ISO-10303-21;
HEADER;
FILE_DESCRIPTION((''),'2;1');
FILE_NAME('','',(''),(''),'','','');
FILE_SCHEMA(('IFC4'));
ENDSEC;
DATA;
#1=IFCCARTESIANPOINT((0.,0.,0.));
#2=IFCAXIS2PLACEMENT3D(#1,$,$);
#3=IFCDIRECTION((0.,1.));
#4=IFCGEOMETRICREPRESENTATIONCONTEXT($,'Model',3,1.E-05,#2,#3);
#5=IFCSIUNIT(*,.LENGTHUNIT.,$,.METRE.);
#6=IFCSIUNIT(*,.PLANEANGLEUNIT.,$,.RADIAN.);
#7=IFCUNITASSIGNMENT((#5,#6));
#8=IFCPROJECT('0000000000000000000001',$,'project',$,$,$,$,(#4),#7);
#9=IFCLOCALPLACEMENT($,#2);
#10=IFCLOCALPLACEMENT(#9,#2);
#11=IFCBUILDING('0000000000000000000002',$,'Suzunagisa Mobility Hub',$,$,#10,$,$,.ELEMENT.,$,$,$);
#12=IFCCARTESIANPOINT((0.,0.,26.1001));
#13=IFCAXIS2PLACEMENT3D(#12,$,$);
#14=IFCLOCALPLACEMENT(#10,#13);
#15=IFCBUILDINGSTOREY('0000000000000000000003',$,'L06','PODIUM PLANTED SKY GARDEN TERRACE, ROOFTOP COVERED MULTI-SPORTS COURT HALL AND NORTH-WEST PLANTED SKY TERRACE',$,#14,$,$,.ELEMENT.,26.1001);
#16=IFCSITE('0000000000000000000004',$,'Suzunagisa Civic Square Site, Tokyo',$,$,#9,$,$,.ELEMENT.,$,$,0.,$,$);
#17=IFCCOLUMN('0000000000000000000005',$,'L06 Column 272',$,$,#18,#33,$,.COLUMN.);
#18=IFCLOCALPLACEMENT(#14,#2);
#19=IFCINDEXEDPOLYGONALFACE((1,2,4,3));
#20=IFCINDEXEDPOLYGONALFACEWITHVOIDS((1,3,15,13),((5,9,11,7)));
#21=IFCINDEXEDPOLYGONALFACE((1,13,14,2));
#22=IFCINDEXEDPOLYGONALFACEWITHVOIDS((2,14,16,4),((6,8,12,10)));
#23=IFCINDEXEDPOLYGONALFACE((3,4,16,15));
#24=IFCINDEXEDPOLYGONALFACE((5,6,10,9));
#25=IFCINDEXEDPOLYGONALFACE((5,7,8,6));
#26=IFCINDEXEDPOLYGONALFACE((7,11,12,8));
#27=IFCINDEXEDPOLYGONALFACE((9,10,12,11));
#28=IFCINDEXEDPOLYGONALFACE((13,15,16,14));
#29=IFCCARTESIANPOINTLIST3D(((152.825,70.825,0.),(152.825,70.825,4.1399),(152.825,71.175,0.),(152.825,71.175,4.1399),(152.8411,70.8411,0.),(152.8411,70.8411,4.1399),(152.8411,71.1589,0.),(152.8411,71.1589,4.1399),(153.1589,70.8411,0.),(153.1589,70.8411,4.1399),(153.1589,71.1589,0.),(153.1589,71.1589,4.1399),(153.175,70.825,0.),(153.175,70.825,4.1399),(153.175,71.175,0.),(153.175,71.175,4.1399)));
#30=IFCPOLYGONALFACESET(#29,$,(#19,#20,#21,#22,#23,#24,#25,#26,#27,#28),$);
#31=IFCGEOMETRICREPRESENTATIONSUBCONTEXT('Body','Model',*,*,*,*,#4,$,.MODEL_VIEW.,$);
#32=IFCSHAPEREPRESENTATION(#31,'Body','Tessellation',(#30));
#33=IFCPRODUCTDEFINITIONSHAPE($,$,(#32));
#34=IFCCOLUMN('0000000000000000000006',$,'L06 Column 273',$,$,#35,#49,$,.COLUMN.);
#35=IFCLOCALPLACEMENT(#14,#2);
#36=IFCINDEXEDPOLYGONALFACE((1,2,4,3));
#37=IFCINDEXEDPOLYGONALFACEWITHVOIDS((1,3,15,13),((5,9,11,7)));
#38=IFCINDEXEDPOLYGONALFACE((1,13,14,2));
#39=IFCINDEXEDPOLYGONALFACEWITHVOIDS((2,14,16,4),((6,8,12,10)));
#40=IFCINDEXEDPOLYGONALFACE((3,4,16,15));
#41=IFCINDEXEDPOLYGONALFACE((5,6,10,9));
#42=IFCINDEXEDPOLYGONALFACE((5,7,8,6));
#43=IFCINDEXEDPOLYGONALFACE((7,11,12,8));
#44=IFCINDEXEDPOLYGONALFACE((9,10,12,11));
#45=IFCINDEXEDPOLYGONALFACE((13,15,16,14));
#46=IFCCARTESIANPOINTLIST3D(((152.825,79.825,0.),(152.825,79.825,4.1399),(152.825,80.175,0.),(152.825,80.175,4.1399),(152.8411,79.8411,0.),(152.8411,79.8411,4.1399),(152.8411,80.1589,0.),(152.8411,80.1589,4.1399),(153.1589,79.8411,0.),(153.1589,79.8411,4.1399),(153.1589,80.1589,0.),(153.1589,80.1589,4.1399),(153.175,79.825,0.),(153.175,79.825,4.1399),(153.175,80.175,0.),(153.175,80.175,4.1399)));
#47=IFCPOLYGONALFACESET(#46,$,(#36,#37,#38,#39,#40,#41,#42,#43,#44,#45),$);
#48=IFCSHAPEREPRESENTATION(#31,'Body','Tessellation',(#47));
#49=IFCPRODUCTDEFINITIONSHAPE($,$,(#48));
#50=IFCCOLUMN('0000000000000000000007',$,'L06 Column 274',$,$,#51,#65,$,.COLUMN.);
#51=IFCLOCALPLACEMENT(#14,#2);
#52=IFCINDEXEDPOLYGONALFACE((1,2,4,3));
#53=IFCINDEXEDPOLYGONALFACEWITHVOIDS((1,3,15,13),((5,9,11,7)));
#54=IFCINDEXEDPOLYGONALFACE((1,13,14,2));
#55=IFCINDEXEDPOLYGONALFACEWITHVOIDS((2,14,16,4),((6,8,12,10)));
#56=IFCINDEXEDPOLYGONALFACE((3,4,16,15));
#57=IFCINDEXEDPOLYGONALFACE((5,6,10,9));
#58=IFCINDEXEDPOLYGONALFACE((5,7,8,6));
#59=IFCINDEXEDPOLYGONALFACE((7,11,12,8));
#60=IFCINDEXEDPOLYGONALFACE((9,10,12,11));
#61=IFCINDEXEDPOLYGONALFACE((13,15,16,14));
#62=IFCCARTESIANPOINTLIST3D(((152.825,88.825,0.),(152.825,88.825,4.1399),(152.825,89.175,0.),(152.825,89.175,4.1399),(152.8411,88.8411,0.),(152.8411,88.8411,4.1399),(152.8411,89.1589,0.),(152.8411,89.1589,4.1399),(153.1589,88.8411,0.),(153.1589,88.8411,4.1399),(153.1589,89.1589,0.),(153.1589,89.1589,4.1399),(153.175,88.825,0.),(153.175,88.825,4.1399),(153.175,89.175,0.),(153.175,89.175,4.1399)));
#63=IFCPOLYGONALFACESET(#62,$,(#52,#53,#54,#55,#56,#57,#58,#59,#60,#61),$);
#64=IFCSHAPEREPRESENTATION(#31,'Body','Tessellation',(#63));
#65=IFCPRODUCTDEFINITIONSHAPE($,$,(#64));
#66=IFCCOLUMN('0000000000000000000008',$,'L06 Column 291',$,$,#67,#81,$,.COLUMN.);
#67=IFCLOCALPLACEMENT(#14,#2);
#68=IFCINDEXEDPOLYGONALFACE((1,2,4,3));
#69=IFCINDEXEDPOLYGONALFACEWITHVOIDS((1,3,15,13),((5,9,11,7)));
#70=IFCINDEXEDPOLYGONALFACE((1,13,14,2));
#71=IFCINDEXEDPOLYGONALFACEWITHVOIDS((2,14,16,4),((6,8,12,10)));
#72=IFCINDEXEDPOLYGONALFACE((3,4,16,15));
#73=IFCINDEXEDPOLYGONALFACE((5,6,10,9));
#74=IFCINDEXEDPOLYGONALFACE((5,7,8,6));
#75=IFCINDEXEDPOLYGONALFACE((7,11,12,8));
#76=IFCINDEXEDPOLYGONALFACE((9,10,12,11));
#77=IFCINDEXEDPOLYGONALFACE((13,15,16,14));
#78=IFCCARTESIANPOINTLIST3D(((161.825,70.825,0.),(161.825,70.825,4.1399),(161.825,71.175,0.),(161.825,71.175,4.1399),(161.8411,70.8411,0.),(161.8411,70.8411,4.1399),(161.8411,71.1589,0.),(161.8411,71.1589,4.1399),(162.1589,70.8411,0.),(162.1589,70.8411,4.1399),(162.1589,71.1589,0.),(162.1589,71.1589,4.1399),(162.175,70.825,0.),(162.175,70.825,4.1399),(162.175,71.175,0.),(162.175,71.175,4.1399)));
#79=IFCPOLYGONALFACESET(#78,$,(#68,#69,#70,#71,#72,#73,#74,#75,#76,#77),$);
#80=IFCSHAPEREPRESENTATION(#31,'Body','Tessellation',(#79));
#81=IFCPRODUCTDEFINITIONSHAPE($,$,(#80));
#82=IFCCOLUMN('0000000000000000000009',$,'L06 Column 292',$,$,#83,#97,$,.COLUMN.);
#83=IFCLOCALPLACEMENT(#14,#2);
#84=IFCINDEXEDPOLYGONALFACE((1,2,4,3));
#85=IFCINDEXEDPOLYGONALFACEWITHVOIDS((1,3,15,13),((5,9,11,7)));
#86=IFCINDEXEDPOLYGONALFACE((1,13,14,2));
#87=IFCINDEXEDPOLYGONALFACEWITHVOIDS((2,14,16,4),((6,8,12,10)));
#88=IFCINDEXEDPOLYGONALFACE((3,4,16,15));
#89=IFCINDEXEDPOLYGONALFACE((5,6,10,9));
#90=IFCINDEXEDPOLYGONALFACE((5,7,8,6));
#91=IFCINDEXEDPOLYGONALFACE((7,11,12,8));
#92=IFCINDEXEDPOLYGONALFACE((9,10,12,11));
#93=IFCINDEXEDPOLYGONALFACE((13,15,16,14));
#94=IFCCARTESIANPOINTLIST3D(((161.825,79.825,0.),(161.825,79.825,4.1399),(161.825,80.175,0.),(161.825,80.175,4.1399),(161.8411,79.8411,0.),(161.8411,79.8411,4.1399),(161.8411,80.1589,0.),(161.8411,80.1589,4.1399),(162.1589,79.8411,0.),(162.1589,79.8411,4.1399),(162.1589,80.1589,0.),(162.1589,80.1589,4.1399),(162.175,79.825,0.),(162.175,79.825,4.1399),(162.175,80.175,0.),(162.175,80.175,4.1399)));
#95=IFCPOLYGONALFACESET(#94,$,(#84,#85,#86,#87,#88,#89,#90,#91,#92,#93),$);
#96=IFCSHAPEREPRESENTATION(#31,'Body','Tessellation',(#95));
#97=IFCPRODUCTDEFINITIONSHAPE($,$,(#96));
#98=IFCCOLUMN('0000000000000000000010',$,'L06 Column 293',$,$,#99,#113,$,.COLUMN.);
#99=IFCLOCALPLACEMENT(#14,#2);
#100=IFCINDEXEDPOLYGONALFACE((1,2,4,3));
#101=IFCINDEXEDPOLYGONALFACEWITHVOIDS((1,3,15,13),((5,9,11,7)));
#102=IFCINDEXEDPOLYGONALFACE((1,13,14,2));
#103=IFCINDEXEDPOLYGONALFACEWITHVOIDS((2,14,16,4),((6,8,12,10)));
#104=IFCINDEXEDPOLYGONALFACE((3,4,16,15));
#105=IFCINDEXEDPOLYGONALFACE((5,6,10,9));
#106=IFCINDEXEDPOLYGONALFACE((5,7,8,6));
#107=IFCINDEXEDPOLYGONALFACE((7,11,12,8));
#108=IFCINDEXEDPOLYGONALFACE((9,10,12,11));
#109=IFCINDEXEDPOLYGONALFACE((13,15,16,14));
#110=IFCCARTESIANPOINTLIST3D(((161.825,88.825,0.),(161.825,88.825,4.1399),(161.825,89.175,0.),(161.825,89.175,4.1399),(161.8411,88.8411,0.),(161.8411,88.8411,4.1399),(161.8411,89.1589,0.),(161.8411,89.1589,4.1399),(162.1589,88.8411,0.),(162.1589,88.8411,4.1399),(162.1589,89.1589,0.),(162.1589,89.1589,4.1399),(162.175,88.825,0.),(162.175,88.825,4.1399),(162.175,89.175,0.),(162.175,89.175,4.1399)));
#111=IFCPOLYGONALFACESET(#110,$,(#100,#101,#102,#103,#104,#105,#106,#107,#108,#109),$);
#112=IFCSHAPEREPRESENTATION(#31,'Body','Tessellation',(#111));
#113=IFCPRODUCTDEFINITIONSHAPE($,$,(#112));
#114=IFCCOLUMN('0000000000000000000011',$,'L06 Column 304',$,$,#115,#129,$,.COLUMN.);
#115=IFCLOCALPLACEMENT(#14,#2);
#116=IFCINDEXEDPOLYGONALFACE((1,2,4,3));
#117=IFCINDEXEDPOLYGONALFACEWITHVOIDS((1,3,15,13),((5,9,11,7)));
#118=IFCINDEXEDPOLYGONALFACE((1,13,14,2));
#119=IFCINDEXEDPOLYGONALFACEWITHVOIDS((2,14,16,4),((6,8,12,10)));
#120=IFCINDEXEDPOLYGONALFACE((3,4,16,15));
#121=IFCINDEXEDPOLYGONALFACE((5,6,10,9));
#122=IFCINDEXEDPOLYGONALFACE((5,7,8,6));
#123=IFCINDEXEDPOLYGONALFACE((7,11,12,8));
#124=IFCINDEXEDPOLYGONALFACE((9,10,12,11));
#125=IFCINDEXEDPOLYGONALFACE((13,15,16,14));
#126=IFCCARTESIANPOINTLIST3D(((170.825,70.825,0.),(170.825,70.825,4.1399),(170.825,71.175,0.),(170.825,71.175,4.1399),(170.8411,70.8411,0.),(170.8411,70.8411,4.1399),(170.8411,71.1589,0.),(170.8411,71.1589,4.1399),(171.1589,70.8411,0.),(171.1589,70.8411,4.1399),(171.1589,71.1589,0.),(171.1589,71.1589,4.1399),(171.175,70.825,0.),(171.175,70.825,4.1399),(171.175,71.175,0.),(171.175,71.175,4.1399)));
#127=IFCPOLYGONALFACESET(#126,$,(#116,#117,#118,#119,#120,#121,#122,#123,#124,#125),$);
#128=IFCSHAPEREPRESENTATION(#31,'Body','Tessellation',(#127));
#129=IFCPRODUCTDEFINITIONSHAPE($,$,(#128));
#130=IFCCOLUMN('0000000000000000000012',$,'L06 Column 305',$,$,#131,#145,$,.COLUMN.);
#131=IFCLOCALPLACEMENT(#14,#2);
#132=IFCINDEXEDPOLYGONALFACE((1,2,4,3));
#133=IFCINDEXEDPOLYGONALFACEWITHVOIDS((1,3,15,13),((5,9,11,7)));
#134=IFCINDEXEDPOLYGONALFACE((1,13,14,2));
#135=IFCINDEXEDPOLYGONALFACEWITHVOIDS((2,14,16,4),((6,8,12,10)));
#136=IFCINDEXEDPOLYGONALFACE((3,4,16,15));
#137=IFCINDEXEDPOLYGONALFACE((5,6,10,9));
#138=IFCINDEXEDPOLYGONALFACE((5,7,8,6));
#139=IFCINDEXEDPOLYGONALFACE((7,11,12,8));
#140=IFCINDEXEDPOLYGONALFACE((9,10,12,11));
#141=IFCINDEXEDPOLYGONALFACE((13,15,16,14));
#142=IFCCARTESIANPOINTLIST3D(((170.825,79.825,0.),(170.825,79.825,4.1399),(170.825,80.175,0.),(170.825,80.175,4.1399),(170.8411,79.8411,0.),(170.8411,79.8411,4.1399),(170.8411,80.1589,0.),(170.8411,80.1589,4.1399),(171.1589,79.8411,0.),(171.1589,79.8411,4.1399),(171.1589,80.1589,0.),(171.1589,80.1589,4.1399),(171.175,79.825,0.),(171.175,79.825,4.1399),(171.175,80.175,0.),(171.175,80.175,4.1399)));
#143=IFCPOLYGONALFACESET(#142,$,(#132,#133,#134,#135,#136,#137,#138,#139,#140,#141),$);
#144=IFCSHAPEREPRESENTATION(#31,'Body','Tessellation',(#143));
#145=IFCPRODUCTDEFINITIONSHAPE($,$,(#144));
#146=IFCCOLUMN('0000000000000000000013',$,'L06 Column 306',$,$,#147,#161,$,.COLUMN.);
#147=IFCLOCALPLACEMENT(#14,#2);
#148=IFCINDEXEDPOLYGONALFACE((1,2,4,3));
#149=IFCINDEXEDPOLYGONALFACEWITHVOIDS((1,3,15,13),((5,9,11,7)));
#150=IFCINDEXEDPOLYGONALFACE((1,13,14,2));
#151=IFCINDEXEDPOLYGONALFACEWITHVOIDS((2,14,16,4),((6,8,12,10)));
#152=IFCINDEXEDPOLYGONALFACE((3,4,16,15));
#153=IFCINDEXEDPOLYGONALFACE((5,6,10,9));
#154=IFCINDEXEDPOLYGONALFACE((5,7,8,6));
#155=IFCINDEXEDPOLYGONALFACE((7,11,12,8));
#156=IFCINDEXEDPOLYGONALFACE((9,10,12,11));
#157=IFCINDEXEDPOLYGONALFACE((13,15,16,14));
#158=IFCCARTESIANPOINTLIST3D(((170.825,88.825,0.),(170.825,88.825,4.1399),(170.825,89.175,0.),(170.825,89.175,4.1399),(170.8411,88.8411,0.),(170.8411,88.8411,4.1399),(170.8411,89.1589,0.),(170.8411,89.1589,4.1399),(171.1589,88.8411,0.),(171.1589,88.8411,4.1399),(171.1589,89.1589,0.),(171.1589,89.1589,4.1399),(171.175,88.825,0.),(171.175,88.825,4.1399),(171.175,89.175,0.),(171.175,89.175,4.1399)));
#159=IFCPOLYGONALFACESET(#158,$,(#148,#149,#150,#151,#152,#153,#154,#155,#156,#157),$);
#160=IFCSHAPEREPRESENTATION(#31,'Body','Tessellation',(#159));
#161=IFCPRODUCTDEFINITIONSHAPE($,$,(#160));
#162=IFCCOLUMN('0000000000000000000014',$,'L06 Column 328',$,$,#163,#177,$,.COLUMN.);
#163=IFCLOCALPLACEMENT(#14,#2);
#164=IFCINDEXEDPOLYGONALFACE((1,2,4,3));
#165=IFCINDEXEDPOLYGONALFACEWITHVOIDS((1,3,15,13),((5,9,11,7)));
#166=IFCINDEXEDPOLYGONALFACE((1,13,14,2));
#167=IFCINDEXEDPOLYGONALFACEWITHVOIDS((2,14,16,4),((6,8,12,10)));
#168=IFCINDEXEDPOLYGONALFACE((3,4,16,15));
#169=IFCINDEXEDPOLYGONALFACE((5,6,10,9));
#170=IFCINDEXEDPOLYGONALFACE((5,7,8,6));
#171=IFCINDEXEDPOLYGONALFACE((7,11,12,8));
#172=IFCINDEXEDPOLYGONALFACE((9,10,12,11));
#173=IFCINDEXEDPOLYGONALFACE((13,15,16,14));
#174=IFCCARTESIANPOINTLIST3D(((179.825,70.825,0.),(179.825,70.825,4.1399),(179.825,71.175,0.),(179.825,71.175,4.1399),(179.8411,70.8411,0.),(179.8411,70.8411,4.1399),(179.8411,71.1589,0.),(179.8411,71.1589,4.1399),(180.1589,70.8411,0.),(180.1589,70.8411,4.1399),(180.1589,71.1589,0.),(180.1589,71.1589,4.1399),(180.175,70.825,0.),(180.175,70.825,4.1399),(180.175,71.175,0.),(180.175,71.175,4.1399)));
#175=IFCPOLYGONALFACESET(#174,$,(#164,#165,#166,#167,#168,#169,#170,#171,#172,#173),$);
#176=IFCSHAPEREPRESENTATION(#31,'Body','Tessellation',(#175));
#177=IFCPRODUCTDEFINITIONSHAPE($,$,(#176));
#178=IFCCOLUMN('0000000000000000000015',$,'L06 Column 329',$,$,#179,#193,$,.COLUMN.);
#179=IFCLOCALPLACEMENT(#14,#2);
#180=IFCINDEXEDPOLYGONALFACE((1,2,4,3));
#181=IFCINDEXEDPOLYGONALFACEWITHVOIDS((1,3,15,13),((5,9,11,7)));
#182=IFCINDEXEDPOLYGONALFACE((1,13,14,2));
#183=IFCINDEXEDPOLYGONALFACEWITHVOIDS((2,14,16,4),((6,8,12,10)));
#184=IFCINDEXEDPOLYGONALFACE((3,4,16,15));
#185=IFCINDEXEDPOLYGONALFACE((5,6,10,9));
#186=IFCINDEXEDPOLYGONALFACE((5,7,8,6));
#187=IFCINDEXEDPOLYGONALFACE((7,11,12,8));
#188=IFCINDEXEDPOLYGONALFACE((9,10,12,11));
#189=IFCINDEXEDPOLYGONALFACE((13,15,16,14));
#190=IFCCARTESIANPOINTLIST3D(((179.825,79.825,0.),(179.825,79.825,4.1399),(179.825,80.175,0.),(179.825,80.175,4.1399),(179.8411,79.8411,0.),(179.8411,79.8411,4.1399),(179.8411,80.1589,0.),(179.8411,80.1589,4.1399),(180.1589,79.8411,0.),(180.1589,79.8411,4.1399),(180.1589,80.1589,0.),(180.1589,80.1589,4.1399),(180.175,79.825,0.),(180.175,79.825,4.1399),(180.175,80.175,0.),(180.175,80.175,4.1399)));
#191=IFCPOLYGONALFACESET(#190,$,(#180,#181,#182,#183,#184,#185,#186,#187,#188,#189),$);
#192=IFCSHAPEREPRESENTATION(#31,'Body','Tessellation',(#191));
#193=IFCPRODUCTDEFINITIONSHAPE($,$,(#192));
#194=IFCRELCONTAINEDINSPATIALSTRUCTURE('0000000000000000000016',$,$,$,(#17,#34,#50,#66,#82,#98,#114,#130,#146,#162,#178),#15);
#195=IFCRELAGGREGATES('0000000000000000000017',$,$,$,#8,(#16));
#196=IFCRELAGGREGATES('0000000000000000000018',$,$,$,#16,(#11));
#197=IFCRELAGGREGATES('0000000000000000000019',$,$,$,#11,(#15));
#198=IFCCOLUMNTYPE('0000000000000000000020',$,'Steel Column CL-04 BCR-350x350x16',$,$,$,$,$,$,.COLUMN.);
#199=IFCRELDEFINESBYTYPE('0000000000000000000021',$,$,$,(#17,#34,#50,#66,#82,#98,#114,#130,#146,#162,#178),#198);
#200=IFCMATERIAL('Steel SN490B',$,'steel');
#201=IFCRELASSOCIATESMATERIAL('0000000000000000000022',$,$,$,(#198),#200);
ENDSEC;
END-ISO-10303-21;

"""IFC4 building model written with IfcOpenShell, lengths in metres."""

from ifc_helpers import new_model, si_unit, direction, frame, origin, origin_2d, place, context, subcontext, project, spatial, hollow_rectangle, extrude, material, material_profile, profile_set, type_object, element, save


model = new_model("IFC4")

# Units and contexts
model_context = context("Model", 3, precision=1e-05, world=origin(), true_north=direction((0.0, 1.0)))
body_context = subcontext(model_context, "Body", "Model", "MODEL_VIEW")
ifc_project = project(units=[si_unit("LENGTHUNIT", "METRE"), si_unit("PLANEANGLEUNIT", "RADIAN")], contexts=[model_context])

# Site, building, storey
site_placement = place(None, origin())
site = spatial("IfcSite", under=ifc_project, at=site_placement, Name="Suzunagisa Civic Square Site, Tokyo", CompositionType="ELEMENT", RefElevation=0.0)
building_placement = place(site_placement, origin())
building = spatial("IfcBuilding", under=site, at=building_placement, Name="Suzunagisa Mobility Hub", CompositionType="ELEMENT")
storey_placement = place(building_placement, frame((0.0, 0.0, 26.1001)))
storey = spatial("IfcBuildingStorey", under=building, at=storey_placement, Name="L06", Description="PODIUM PLANTED SKY GARDEN TERRACE, ROOFTOP COVERED MULTI-SPORTS COURT HALL AND NORTH-WEST PLANTED SKY TERRACE", CompositionType="ELEMENT", Elevation=26.1001)

# Columns
ifc_material_1 = material(Name="Steel SN490B", Category="steel")
ifc_material_profile_1 = material_profile(ifc_material_1, hollow_rectangle(XDim=0.3501, YDim=0.3501, WallThickness=0.0161, at=origin_2d()), Name="BCR-350x350x16")
ifc_profile_set_1 = profile_set([ifc_material_profile_1], Name="Steel SN490B")
column_type = type_object("IfcColumnType", Name="Steel Column CL-04 BCR-350x350x16", PredefinedType="COLUMN", material=ifc_profile_set_1)
for number, where, z_axis, x_axis, name in (
    (1, (153.0, 71.0, 0.0), (0.0, 0.0, 1.0), (1.0, 0.0, 0.0), "L06 Column 272"),
    (2, (153.0, 80.0, 0.0), (0.0, 0.0, 1.0), (1.0, 0.0, 0.0), "L06 Column 273"),
    (3, (153.0, 89.0, 0.0), (0.0, 0.0, 1.0), (1.0, 0.0, 0.0), "L06 Column 274"),
    (4, (162.0, 71.0, 0.0), (0.0, 0.0, 1.0), (1.0, 0.0, 0.0), "L06 Column 291"),
    (5, (162.0, 80.0, 0.0), (0.0, 0.0, 1.0), (1.0, 0.0, 0.0), "L06 Column 292"),
    (6, (162.0, 89.0, 0.0), (0.0, 0.0, 1.0), (1.0, 0.0, 0.0), "L06 Column 293"),
    (7, (171.0, 71.0, 0.0), (0.0, 0.0, 1.0), (1.0, 0.0, 0.0), "L06 Column 304"),
    (8, (171.0, 80.0, 0.0), (0.0, 0.0, 1.0), (1.0, 0.0, 0.0), "L06 Column 305"),
    (9, (171.0, 89.0, 0.0), (0.0, 0.0, 1.0), (1.0, 0.0, 0.0), "L06 Column 306"),
    (10, (180.0, 71.0, 0.0), (0.0, 0.0, 1.0), (1.0, 0.0, 0.0), "L06 Column 328"),
    (11, (180.0, 80.0, 0.0), (0.0, 0.0, 1.0), (1.0, 0.0, 0.0), "L06 Column 329"),
):
    element("IfcColumn", number, at=place(storey_placement, frame(where, z_axis=z_axis, x_axis=x_axis)), inside=storey, type_object=column_type, Name=name, PredefinedType="COLUMN", context=body_context, shape_type="SweptSolid", body=[
        extrude(hollow_rectangle(XDim=0.3501, YDim=0.3501, WallThickness=0.0161, at=origin_2d()), origin(), (0.0, 0.0, 1.0), 4.1399),
    ])

save(model, "model.ifc")
